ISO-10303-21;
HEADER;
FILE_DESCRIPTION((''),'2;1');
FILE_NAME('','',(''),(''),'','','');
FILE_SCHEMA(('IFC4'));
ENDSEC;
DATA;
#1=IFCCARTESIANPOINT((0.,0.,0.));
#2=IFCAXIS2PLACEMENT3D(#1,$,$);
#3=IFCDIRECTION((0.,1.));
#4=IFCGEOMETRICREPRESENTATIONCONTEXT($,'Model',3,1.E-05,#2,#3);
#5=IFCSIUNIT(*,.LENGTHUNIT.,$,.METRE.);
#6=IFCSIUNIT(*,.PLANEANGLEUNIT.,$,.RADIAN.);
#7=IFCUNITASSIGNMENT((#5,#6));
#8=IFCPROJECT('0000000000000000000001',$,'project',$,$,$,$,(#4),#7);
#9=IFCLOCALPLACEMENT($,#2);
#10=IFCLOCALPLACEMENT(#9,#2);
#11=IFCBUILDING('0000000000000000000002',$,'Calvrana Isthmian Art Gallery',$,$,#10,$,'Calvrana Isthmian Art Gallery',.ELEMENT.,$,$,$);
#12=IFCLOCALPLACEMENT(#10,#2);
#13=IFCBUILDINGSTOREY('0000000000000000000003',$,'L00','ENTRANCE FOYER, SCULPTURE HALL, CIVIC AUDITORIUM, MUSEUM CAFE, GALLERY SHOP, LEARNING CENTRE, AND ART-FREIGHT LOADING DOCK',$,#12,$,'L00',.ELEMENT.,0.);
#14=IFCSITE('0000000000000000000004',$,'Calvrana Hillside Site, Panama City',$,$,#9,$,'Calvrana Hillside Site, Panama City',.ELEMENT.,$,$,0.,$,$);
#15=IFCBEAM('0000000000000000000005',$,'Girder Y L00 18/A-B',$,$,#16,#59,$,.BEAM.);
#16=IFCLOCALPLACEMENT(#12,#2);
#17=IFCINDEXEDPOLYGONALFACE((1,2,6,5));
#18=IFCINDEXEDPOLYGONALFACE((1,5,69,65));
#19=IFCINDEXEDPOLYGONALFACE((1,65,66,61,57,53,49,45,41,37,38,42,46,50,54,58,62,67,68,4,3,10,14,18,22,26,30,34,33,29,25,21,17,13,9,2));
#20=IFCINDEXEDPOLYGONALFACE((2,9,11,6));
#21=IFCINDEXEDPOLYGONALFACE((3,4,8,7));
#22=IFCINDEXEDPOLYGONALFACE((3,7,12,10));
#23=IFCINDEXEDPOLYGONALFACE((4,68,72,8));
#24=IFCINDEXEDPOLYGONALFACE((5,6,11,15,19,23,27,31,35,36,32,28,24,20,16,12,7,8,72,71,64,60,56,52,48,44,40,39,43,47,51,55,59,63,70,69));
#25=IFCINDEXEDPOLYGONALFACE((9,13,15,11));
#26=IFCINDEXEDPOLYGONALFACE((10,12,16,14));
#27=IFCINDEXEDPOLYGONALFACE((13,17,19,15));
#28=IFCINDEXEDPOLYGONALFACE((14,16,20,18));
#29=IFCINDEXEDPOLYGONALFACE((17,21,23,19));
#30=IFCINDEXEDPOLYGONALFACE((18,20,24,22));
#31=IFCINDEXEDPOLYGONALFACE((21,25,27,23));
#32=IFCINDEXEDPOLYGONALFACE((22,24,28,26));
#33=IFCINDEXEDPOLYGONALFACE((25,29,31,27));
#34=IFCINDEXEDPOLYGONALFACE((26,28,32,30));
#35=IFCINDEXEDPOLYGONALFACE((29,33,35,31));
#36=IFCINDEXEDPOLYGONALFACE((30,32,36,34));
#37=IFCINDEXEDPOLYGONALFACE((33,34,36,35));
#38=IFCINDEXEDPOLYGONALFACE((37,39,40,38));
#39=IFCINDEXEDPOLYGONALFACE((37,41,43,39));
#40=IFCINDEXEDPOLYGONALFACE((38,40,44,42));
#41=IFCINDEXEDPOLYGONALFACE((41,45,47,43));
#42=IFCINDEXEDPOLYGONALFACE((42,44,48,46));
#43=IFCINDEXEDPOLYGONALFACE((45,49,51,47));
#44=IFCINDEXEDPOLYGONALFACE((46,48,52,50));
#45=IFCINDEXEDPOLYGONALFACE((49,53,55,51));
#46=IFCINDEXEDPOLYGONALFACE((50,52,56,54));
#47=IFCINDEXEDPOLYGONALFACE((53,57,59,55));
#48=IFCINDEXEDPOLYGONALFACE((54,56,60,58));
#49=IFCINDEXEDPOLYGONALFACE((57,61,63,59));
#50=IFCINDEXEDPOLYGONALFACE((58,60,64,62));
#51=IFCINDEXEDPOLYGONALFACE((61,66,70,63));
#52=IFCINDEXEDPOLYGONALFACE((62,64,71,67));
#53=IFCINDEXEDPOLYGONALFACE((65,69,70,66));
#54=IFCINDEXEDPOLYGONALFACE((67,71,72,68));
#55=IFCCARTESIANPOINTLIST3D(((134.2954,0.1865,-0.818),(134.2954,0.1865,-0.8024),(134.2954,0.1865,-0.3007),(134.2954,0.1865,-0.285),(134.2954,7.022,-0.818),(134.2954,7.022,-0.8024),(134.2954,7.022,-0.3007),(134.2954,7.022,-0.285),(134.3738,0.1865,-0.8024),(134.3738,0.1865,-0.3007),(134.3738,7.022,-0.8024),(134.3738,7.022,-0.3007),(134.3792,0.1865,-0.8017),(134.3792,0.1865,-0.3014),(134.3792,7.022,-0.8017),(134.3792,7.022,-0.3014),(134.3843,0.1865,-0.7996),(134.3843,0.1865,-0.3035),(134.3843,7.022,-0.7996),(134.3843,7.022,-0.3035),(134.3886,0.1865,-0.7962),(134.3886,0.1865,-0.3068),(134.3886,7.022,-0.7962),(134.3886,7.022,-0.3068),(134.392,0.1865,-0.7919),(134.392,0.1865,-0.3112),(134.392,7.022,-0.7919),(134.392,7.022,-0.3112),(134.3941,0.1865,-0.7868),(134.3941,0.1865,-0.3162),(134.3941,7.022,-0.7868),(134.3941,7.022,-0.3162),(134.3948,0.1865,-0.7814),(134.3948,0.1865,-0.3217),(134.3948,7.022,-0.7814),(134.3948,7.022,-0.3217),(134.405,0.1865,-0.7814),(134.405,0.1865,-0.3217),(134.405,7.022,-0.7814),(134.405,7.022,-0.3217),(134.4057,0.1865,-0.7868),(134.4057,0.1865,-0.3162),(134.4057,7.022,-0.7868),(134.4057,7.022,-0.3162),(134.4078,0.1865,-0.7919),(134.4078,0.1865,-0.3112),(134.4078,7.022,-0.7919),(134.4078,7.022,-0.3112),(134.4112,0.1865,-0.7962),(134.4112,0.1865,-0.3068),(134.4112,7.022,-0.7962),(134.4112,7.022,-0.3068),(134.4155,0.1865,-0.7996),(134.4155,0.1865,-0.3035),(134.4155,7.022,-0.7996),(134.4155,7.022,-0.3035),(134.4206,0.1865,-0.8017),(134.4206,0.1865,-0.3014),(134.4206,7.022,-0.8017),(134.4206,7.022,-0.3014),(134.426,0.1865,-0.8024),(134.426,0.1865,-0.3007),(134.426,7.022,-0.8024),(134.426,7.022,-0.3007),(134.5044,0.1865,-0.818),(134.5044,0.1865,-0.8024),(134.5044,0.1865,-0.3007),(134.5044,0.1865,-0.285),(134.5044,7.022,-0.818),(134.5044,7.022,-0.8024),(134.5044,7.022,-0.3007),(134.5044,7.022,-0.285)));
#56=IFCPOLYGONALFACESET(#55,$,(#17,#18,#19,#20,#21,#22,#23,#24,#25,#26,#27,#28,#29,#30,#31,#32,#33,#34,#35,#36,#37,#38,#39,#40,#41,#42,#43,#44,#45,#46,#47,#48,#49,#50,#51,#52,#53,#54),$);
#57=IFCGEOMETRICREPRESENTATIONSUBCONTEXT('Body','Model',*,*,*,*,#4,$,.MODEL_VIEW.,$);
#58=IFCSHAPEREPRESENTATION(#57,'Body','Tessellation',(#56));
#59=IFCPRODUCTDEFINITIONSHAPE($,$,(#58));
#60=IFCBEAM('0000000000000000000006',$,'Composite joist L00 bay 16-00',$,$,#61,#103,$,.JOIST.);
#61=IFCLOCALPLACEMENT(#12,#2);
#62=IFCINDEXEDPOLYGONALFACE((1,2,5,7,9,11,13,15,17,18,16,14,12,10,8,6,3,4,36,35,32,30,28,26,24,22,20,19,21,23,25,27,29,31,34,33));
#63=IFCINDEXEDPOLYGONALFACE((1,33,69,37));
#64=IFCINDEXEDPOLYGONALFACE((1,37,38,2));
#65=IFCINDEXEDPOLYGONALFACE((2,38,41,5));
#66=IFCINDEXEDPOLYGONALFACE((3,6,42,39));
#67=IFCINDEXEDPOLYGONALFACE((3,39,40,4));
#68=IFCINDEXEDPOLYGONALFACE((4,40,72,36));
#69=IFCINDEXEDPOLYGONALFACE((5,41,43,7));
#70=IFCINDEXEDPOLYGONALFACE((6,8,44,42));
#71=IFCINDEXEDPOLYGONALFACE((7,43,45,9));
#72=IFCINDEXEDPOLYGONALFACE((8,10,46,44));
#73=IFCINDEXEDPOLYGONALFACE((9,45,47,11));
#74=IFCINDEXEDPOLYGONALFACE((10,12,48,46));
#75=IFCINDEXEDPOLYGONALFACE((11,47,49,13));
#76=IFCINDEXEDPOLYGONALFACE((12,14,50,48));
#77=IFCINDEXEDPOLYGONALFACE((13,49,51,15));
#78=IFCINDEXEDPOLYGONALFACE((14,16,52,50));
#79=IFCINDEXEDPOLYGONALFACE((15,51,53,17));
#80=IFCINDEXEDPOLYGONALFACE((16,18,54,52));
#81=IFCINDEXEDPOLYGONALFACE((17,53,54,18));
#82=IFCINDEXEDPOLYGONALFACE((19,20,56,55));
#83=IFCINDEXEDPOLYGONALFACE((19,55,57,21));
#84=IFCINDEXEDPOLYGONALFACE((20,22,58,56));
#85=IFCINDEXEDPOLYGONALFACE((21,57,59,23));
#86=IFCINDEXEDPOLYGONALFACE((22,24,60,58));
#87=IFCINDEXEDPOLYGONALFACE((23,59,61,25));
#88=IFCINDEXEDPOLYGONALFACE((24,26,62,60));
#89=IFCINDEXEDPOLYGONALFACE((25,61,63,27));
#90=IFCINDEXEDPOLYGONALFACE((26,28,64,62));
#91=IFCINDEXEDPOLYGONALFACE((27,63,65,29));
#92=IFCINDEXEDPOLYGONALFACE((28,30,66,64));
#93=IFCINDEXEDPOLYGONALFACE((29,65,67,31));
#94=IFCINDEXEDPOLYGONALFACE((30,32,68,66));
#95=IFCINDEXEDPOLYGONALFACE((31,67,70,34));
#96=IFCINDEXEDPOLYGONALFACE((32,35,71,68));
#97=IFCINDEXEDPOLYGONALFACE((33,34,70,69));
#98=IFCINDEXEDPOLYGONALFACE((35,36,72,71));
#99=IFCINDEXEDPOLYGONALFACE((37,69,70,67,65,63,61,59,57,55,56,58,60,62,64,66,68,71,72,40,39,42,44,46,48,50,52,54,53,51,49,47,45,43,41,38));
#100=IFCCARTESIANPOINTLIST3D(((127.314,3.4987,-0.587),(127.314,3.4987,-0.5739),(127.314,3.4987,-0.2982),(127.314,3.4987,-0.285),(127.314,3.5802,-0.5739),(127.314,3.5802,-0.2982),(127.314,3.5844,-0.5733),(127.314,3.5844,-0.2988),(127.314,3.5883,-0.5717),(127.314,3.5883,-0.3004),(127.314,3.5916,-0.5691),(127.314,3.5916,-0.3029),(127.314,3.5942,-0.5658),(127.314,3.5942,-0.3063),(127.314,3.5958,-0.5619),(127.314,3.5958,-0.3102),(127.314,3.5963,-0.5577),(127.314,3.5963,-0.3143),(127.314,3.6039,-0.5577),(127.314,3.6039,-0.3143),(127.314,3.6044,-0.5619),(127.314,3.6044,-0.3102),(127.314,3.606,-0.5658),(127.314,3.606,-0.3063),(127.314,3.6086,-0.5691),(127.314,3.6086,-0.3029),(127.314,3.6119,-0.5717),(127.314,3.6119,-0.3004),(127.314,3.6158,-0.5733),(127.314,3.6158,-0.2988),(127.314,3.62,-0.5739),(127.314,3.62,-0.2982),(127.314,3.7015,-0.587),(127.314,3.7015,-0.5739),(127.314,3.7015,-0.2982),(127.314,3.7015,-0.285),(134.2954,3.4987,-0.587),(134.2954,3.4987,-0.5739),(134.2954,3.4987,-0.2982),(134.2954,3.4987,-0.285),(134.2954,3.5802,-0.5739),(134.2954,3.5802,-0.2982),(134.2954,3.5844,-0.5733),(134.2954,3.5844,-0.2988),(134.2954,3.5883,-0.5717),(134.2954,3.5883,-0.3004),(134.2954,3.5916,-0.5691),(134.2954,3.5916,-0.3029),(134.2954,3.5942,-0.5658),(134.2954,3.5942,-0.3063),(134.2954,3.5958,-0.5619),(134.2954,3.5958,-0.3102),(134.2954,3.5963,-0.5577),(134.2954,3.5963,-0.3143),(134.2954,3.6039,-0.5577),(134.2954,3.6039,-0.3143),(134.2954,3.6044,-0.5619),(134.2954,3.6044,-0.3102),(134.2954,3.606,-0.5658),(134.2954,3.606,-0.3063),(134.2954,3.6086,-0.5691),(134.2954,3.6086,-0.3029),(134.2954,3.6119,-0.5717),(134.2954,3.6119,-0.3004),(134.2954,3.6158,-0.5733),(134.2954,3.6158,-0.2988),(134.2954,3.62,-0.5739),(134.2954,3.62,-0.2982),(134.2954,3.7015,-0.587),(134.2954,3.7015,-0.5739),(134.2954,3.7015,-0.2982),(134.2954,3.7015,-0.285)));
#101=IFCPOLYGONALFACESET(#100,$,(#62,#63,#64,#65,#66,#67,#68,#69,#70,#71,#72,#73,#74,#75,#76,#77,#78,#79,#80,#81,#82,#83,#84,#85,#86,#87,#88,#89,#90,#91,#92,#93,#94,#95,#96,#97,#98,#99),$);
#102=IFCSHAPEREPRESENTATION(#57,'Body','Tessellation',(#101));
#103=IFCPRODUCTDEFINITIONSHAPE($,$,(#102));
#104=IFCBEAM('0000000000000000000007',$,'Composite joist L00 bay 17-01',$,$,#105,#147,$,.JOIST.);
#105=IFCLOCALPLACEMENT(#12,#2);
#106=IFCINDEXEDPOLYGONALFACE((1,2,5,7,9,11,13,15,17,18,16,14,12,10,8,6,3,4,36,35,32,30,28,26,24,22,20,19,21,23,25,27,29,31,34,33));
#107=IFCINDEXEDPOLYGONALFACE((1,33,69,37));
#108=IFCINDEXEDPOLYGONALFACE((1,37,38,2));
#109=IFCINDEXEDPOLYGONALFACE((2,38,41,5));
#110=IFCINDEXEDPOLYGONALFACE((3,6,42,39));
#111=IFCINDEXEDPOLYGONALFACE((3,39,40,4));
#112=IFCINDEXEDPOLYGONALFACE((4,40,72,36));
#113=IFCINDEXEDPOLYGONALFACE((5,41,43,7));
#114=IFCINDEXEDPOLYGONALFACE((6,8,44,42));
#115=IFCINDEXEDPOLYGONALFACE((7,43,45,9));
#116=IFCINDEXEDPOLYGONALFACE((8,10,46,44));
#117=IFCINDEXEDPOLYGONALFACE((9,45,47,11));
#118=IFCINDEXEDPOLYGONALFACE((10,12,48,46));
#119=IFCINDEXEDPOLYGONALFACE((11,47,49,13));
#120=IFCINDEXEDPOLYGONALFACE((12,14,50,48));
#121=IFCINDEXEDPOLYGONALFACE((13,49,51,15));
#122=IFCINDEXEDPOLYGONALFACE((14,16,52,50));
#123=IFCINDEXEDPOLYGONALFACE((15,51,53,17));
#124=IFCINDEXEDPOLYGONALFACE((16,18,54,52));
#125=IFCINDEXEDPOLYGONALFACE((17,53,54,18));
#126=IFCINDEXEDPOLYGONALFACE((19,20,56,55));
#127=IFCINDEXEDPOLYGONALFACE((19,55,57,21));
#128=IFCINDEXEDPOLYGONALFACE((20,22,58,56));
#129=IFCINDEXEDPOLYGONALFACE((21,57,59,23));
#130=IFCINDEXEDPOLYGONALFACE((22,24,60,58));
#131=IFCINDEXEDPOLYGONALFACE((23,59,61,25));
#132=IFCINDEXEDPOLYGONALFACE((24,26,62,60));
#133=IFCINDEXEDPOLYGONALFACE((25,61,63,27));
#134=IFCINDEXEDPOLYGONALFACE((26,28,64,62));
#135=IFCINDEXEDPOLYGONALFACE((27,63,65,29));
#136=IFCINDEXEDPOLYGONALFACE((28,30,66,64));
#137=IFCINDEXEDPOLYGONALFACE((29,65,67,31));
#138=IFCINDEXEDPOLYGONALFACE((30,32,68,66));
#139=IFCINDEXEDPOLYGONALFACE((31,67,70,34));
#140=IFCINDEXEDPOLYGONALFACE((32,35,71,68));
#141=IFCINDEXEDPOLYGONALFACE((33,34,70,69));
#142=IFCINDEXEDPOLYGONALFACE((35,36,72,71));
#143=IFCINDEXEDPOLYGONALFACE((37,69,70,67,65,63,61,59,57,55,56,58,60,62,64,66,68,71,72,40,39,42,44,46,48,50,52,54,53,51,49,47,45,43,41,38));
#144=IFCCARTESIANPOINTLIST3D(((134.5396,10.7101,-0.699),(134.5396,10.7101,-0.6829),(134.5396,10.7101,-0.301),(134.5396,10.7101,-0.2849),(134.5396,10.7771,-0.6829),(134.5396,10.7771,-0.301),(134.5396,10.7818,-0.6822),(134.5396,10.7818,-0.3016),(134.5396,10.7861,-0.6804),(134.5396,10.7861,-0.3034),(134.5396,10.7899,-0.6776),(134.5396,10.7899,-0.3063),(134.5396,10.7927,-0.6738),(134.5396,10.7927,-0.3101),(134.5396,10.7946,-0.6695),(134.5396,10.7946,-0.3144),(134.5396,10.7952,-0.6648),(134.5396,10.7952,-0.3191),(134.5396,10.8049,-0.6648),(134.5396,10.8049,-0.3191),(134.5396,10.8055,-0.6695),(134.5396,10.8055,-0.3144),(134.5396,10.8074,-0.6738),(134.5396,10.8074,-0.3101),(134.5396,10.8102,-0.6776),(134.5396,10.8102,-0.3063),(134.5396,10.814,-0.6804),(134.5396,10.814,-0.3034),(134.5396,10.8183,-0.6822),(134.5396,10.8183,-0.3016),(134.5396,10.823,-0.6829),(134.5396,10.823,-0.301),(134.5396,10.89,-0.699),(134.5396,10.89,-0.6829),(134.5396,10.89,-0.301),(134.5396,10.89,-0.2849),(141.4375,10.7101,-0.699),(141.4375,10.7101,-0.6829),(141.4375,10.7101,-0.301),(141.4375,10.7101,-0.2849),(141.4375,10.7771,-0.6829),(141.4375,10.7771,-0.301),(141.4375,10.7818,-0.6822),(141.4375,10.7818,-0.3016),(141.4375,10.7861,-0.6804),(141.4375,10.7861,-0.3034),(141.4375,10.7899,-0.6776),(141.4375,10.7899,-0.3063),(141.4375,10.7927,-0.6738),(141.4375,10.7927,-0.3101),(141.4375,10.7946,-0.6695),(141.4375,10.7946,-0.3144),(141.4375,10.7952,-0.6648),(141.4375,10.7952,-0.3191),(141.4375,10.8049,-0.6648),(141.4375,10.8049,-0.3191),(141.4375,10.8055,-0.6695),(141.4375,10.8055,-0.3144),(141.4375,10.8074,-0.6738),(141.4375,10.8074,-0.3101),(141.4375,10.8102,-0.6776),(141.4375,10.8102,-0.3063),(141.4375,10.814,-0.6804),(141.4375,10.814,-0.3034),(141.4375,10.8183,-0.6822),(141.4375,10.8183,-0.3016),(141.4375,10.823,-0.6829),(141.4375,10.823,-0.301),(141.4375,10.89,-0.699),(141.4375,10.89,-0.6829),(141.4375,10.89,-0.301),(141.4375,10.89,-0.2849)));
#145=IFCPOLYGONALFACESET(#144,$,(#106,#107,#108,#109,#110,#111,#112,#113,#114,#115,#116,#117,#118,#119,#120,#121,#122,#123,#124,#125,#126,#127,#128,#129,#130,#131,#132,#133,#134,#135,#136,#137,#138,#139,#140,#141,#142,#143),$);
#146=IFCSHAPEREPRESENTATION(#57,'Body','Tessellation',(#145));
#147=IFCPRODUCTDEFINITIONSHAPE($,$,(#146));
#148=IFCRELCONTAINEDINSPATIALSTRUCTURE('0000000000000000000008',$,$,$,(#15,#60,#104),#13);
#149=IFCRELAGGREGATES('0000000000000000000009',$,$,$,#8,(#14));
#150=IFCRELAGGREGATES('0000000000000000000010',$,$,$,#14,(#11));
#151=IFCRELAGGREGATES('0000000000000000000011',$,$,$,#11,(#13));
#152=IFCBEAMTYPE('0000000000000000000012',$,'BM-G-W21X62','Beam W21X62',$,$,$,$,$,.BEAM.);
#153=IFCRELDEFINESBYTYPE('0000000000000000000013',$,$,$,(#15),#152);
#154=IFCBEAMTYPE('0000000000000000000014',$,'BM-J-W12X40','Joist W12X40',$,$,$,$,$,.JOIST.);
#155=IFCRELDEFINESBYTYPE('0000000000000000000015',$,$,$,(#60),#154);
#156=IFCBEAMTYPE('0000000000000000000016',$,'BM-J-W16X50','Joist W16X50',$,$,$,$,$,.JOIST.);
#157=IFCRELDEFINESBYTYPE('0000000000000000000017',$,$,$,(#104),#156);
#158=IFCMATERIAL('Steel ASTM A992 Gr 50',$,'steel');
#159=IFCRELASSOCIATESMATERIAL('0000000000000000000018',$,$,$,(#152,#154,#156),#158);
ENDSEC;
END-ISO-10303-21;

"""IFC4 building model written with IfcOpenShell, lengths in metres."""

from ifc_helpers import new_model, si_unit, direction, frame, origin, origin_2d, place, context, subcontext, project, spatial, i_section, extrude, material, material_profile, profile_set, type_object, element, save


model = new_model("IFC4")

# Units and contexts
model_context = context("Model", 3, precision=1e-05, world=origin(), true_north=direction((0.0, 1.0)))
body_context = subcontext(model_context, "Body", "Model", "MODEL_VIEW")
ifc_project = project(units=[si_unit("LENGTHUNIT", "METRE"), si_unit("PLANEANGLEUNIT", "RADIAN")], contexts=[model_context])

# Site, building, storey
site_placement = place(None, origin())
site = spatial("IfcSite", under=ifc_project, at=site_placement, Name="Calvrana Hillside Site, Panama City", LongName="Calvrana Hillside Site, Panama City", CompositionType="ELEMENT", RefElevation=0.0)
building_placement = place(site_placement, origin())
building = spatial("IfcBuilding", under=site, at=building_placement, Name="Calvrana Isthmian Art Gallery", LongName="Calvrana Isthmian Art Gallery", CompositionType="ELEMENT")
storey_placement = place(building_placement, origin())
storey = spatial("IfcBuildingStorey", under=building, at=storey_placement, Name="L00", Description="ENTRANCE FOYER, SCULPTURE HALL, CIVIC AUDITORIUM, MUSEUM CAFE, GALLERY SHOP, LEARNING CENTRE, AND ART-FREIGHT LOADING DOCK", LongName="L00", CompositionType="ELEMENT", Elevation=0.0)

# Shared definitions
ifc_material_1 = material(Name="Steel ASTM A992 Gr 50", Category="steel")

# Beams
ifc_material_profile_1 = material_profile(ifc_material_1, i_section(OverallWidth=0.209, OverallDepth=0.533, WebThickness=0.0103, FlangeThickness=0.0156, FilletRadius=0.021, at=origin_2d()), Name="W21X62")
ifc_profile_set_1 = profile_set([ifc_material_profile_1], Name="Steel ASTM A992 Gr 50")
beam_type_1 = type_object("IfcBeamType", Name="BM-G-W21X62", Description="Beam W21X62", PredefinedType="BEAM", material=ifc_profile_set_1)
beam_1_placement = place(storey_placement, frame((134.3999, 0.1865, -0.5515), z_axis=(0.0, 1.0, 0.0), x_axis=(-1.0, 0.0, 0.0)))
element("IfcBeam", 1, at=beam_1_placement, inside=storey, type_object=beam_type_1, Name="Girder Y L00 18/A-B", PredefinedType="BEAM", context=body_context, shape_type="SweptSolid", body=[
    extrude(i_section(OverallWidth=0.209, OverallDepth=0.533, WebThickness=0.0103, FlangeThickness=0.0156, FilletRadius=0.021, at=origin_2d()), origin(), (0.0, 0.0, 1.0), 6.8354),
])
ifc_material_profile_2 = material_profile(ifc_material_1, i_section(OverallWidth=0.2029, OverallDepth=0.302, WebThickness=0.0076, FlangeThickness=0.0132, FilletRadius=0.0161, at=origin_2d()), Name="W12X40")
ifc_profile_set_2 = profile_set([ifc_material_profile_2], Name="Steel ASTM A992 Gr 50")
beam_type_2 = type_object("IfcBeamType", Name="BM-J-W12X40", Description="Joist W12X40", PredefinedType="JOIST", material=ifc_profile_set_2)
beam_2_placement = place(storey_placement, frame((127.314, 3.6001, -0.436), z_axis=(1.0, 0.0, 0.0), x_axis=(0.0, 1.0, 0.0)))
element("IfcBeam", 2, at=beam_2_placement, inside=storey, type_object=beam_type_2, Name="Composite joist L00 bay 16-00", PredefinedType="JOIST", context=body_context, shape_type="SweptSolid", body=[
    extrude(i_section(OverallWidth=0.2029, OverallDepth=0.302, WebThickness=0.0076, FlangeThickness=0.0132, FilletRadius=0.0161, at=origin_2d()), origin(), (0.0, 0.0, 1.0), 6.9814),
])
ifc_material_profile_3 = material_profile(ifc_material_1, i_section(OverallWidth=0.1799, OverallDepth=0.4141, WebThickness=0.0098, FlangeThickness=0.0161, FilletRadius=0.0181, at=origin_2d()), Name="W16X50")
ifc_profile_set_3 = profile_set([ifc_material_profile_3], Name="Steel ASTM A992 Gr 50")
beam_type_3 = type_object("IfcBeamType", Name="BM-J-W16X50", Description="Joist W16X50", PredefinedType="JOIST", material=ifc_profile_set_3)
beam_3_placement = place(storey_placement, frame((134.5396, 10.8, -0.4919), z_axis=(1.0, 0.0, 0.0), x_axis=(0.0, 1.0, 0.0)))
element("IfcBeam", 3, at=beam_3_placement, inside=storey, type_object=beam_type_3, Name="Composite joist L00 bay 17-01", PredefinedType="JOIST", context=body_context, shape_type="SweptSolid", body=[
    extrude(i_section(OverallWidth=0.1799, OverallDepth=0.4141, WebThickness=0.0098, FlangeThickness=0.0161, FilletRadius=0.0181, at=origin_2d()), origin(), (0.0, 0.0, 1.0), 6.8979),
])

save(model, "model.ifc")
